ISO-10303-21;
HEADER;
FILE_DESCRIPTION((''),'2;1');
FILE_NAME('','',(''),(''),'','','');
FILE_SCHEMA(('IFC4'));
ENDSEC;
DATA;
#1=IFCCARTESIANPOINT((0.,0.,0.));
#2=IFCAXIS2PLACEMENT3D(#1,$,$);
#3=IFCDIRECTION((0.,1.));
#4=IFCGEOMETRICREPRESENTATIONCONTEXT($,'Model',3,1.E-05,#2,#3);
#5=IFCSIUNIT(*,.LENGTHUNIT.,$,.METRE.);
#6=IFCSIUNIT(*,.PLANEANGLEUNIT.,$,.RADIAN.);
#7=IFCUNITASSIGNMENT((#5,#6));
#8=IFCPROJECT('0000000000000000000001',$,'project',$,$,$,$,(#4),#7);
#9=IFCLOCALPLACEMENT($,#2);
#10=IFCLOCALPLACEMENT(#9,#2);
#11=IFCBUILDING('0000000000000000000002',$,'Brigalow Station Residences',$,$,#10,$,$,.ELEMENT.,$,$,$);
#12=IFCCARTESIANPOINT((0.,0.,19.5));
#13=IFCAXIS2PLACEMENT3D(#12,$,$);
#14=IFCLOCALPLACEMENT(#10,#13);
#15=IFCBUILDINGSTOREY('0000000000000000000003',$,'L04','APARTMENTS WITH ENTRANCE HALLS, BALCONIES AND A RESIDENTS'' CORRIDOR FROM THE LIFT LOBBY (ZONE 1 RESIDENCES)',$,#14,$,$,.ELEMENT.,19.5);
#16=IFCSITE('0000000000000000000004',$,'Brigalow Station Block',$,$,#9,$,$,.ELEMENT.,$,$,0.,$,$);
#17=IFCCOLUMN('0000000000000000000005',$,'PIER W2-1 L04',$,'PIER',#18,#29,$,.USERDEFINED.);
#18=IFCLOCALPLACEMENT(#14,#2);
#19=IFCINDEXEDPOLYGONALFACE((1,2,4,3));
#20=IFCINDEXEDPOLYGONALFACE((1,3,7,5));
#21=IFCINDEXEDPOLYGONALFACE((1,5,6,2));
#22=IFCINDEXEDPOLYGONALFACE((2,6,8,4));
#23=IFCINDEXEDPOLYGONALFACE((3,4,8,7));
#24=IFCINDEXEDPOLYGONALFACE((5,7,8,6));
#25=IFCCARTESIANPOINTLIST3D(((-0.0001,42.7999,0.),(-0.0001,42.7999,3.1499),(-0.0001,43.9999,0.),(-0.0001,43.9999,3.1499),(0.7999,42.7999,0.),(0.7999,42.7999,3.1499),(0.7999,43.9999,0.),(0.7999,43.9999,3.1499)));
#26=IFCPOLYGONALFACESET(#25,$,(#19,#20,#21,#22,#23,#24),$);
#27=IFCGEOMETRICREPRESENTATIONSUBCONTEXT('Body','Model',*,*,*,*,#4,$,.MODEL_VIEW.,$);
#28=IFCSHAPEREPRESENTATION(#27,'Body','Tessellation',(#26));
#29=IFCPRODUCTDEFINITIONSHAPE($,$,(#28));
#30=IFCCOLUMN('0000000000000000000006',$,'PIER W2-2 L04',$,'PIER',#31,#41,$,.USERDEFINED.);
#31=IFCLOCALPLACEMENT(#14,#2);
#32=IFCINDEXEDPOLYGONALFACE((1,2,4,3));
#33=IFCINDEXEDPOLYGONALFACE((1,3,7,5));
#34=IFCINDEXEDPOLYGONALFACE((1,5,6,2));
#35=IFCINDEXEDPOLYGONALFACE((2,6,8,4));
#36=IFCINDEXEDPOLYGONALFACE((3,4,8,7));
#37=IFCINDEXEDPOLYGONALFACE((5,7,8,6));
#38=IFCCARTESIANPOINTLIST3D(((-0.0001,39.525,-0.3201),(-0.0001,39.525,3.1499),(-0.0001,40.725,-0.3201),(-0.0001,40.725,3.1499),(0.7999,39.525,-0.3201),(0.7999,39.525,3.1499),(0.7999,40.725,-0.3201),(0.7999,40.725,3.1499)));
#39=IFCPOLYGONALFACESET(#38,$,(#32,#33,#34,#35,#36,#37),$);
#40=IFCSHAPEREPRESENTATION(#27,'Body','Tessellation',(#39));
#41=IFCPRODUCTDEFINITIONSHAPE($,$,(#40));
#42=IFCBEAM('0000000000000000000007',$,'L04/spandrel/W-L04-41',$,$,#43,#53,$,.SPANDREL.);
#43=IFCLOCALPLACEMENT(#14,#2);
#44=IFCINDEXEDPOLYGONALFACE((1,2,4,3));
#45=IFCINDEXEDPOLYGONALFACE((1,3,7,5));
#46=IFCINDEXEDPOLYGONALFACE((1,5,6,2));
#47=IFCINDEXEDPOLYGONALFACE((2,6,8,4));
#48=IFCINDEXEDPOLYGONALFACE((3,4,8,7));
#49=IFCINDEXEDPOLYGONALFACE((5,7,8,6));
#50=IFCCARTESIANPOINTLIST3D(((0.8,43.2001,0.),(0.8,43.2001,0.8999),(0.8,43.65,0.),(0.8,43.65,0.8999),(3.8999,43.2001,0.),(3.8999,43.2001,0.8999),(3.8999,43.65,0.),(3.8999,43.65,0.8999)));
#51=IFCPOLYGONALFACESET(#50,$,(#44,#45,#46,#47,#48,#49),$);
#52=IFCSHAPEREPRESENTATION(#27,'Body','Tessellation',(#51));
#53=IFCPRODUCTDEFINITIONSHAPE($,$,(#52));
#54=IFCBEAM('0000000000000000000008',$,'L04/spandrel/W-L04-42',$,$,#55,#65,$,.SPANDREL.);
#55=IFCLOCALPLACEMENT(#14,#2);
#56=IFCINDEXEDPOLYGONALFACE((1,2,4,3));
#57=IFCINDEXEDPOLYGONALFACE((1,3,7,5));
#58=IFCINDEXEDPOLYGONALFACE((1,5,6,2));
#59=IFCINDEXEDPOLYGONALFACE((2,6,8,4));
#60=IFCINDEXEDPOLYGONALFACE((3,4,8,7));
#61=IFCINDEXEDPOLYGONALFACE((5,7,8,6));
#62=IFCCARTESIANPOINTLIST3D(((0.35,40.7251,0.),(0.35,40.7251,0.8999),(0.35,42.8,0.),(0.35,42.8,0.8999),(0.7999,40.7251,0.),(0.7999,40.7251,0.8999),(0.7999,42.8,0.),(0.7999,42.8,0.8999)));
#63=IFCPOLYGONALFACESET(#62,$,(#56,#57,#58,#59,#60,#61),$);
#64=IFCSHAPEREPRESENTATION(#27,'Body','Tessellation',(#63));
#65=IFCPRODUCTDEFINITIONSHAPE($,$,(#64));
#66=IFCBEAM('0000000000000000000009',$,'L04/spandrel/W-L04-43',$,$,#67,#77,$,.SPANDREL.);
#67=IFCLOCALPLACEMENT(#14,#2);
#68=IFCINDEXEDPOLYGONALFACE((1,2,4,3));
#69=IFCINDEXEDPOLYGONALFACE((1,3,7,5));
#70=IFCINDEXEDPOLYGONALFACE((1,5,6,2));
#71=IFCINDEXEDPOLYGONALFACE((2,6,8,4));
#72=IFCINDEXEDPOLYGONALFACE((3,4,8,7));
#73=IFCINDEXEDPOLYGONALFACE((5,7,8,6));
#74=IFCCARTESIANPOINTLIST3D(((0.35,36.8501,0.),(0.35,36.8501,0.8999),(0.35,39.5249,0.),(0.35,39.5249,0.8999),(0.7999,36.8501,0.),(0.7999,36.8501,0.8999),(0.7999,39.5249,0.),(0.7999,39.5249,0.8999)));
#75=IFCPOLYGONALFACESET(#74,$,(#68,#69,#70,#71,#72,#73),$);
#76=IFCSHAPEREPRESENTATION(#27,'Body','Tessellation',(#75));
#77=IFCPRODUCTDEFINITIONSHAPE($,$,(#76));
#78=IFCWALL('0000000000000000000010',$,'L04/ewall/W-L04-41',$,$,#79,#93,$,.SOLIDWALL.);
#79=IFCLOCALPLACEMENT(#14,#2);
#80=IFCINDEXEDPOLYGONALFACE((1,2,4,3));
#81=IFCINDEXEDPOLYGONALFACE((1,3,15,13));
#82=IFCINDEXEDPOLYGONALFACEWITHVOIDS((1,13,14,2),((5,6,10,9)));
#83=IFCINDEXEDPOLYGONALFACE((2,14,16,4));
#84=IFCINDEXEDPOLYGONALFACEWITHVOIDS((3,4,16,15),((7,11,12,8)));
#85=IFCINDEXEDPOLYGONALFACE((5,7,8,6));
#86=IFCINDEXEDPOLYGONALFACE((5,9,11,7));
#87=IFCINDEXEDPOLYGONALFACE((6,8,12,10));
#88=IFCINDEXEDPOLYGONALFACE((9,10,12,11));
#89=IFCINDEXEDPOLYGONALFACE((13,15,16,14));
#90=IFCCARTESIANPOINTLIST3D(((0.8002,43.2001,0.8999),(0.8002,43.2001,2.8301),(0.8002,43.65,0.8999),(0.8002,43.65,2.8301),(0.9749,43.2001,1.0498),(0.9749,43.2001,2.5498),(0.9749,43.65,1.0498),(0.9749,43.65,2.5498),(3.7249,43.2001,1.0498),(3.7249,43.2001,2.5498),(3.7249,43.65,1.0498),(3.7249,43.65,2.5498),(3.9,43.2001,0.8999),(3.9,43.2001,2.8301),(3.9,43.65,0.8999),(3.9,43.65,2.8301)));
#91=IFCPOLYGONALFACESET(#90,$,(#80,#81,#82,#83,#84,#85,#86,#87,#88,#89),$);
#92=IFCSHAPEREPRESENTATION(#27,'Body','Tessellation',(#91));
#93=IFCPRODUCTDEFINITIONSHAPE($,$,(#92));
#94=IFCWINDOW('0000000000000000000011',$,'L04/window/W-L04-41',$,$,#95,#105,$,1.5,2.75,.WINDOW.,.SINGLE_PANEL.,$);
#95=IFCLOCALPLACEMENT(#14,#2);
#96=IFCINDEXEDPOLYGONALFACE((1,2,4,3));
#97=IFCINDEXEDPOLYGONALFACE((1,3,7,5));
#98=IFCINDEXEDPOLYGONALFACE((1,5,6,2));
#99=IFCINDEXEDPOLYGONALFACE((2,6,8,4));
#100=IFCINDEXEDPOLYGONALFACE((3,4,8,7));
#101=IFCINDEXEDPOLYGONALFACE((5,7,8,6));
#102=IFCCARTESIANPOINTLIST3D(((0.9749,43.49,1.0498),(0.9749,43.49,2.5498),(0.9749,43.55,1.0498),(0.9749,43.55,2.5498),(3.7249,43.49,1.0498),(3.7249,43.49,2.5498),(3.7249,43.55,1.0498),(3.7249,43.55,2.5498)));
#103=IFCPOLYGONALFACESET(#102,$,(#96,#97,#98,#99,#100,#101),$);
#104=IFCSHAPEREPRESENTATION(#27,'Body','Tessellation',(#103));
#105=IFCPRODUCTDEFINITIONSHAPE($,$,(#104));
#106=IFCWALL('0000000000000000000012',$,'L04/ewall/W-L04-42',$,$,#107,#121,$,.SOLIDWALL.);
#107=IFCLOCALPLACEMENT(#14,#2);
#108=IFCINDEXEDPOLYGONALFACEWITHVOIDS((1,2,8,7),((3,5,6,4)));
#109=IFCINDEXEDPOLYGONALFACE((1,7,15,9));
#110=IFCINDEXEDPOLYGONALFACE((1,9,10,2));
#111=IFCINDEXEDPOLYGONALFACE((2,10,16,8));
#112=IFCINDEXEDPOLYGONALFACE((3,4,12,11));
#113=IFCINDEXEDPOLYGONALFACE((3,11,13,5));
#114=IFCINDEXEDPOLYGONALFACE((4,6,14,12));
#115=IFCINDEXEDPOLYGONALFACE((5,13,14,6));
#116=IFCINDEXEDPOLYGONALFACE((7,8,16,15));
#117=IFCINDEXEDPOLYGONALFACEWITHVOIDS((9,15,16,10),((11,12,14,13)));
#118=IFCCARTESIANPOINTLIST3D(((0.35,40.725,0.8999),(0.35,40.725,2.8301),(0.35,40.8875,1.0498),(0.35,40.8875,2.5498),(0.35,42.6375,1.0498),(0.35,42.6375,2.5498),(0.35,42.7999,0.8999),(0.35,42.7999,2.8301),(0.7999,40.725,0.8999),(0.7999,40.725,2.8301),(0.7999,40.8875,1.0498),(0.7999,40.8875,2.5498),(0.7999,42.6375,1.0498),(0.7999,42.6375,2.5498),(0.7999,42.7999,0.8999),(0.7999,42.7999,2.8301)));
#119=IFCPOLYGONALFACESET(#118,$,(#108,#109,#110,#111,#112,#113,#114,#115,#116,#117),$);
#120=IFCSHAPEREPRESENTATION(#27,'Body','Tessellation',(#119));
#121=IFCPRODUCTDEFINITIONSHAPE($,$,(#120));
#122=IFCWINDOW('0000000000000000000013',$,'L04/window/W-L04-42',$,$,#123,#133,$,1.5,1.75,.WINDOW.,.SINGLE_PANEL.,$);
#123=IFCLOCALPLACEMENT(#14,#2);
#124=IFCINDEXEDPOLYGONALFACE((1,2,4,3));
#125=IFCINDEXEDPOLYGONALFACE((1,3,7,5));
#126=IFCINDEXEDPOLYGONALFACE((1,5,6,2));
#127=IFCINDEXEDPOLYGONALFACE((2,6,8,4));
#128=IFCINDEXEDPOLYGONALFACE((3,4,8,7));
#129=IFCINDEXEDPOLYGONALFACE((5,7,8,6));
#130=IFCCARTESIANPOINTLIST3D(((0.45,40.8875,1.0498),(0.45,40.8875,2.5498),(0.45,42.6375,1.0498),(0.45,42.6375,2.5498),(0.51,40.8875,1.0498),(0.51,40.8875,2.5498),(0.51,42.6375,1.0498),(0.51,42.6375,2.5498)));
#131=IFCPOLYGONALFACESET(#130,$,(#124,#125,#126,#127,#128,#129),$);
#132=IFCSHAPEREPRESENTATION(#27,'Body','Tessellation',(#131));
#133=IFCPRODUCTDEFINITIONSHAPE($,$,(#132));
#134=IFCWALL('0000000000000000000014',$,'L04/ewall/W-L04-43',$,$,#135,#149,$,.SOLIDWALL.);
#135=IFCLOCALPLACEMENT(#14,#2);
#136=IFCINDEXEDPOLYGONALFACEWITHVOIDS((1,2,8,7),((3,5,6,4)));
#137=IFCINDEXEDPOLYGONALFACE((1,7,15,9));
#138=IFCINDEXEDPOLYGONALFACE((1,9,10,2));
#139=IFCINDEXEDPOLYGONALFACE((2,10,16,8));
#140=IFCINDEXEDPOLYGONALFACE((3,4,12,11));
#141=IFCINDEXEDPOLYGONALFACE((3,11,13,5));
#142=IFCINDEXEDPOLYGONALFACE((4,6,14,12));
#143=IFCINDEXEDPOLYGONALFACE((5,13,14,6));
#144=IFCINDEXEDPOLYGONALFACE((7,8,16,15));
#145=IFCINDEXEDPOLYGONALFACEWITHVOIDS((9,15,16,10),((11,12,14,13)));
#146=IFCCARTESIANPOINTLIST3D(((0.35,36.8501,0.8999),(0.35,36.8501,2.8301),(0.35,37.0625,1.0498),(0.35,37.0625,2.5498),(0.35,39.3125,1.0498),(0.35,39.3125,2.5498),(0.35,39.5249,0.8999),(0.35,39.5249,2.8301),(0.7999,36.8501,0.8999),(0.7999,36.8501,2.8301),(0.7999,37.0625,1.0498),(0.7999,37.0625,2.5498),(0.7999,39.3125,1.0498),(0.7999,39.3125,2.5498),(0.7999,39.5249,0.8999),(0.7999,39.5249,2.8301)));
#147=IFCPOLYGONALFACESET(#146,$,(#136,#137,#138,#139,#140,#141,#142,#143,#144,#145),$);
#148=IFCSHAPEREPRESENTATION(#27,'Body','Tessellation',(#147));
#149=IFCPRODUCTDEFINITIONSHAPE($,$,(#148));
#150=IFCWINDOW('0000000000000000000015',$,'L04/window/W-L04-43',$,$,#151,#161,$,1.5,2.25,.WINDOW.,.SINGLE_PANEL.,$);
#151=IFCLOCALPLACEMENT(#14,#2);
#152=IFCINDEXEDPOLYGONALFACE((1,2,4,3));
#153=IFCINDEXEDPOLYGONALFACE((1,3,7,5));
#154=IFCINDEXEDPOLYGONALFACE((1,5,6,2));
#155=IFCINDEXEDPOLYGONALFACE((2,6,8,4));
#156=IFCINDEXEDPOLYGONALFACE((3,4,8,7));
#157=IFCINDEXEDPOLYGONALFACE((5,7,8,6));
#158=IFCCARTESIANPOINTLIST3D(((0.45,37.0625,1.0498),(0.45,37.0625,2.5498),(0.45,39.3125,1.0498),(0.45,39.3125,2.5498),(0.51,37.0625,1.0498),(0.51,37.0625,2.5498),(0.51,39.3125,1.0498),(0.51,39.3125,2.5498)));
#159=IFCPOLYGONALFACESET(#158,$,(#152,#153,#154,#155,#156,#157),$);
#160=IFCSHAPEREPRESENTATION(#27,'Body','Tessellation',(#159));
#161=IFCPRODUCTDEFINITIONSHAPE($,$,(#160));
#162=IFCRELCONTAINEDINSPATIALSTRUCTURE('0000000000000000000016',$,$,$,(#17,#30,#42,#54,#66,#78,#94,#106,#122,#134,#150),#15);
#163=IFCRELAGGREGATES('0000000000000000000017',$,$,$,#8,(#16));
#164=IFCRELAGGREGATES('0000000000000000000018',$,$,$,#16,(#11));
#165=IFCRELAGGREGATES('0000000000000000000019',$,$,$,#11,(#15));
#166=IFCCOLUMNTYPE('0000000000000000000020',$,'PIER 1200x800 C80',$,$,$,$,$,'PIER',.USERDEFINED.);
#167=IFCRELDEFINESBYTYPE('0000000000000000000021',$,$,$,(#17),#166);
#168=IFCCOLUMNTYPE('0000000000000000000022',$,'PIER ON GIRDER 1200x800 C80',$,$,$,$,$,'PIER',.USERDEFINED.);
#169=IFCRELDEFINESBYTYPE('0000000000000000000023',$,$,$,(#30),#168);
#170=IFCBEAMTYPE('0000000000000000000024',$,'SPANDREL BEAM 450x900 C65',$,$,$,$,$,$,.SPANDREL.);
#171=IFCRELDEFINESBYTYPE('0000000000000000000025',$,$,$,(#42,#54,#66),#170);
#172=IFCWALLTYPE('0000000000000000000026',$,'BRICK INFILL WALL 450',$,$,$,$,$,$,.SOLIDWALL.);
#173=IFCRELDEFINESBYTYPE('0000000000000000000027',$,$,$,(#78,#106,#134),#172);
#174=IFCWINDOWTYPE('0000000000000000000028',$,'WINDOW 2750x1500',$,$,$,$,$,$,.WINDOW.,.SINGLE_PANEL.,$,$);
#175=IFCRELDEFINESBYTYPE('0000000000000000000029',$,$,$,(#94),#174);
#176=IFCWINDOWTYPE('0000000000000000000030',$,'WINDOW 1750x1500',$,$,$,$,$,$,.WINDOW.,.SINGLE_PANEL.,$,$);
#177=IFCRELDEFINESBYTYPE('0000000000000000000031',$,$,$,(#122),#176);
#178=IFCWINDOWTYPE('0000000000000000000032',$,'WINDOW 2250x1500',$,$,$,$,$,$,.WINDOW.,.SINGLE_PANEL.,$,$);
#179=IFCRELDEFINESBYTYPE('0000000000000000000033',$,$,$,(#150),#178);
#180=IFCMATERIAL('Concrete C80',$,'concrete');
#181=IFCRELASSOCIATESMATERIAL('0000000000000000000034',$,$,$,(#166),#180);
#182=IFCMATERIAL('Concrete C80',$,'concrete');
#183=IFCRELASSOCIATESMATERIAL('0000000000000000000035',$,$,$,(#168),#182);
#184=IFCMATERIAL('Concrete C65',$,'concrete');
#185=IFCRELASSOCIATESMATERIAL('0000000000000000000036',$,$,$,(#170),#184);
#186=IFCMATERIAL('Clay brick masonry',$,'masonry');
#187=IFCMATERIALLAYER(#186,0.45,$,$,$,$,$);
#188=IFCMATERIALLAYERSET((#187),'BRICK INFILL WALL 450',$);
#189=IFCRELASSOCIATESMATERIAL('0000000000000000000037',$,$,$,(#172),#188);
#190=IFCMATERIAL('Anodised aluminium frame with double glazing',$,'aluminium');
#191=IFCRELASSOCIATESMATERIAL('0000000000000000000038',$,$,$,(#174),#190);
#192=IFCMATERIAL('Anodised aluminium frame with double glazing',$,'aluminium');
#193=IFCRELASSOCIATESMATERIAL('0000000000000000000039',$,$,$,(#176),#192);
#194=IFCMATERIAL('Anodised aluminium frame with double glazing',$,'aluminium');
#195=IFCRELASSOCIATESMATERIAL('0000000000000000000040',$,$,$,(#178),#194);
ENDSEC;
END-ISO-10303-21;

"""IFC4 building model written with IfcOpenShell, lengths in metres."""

from ifc_helpers import new_model, si_unit, direction, frame, frame_2d, origin, origin_2d, place, context, subcontext, project, spatial, rectangle, extrude, material, layer, layer_set, material_profile, profile_set, type_object, element, fill, save


model = new_model("IFC4")

# Units and contexts
model_context = context("Model", 3, precision=1e-05, world=origin(), true_north=direction((0.0, 1.0)))
body_context = subcontext(model_context, "Body", "Model", "MODEL_VIEW")
ifc_project = project(units=[si_unit("LENGTHUNIT", "METRE"), si_unit("PLANEANGLEUNIT", "RADIAN")], contexts=[model_context])

# Site, building, storey
site_placement = place(None, origin())
site = spatial("IfcSite", under=ifc_project, at=site_placement, Name="Brigalow Station Block", CompositionType="ELEMENT", RefElevation=0.0)
building_placement = place(site_placement, origin())
building = spatial("IfcBuilding", under=site, at=building_placement, Name="Brigalow Station Residences", CompositionType="ELEMENT")
storey_placement = place(building_placement, frame((0.0, 0.0, 19.5)))
storey = spatial("IfcBuildingStorey", under=building, at=storey_placement, Name="L04", Description="APARTMENTS WITH ENTRANCE HALLS, BALCONIES AND A RESIDENTS' CORRIDOR FROM THE LIFT LOBBY (ZONE 1 RESIDENCES)", CompositionType="ELEMENT", Elevation=19.5)

# Columns
ifc_material_1 = material(Name="Concrete C80", Category="concrete")
ifc_material_profile_1 = material_profile(ifc_material_1, rectangle(XDim=1.2, YDim=0.8, at=origin_2d()), Name="RC1200x800")
ifc_profile_set_1 = profile_set([ifc_material_profile_1], Name="Concrete C80")
column_type_1 = type_object("IfcColumnType", Name="PIER 1200x800 C80", ElementType="PIER", PredefinedType="USERDEFINED", material=ifc_profile_set_1)
column_1_placement = place(storey_placement, frame((0.3999, 43.3999, 0.0), z_axis=(0.0, 0.0, 1.0), x_axis=(0.0, -1.0, 0.0)))
element("IfcColumn", 1, at=column_1_placement, inside=storey, type_object=column_type_1, Name="PIER W2-1 L04", ObjectType="PIER", PredefinedType="USERDEFINED", context=body_context, shape_type="SweptSolid", body=[
    extrude(rectangle(XDim=1.2, YDim=0.8, at=origin_2d()), origin(), (0.0, 0.0, 1.0), 3.1499),
])
ifc_material_2 = material(Name="Concrete C80", Category="concrete")
ifc_material_profile_2 = material_profile(ifc_material_2, rectangle(XDim=1.2, YDim=0.8, at=origin_2d()), Name="RC1200x800")
ifc_profile_set_2 = profile_set([ifc_material_profile_2], Name="Concrete C80")
column_type_2 = type_object("IfcColumnType", Name="PIER ON GIRDER 1200x800 C80", ElementType="PIER", PredefinedType="USERDEFINED", material=ifc_profile_set_2)
column_2_placement = place(storey_placement, frame((0.3999, 40.125, -0.3201), z_axis=(0.0, 0.0, 1.0), x_axis=(0.0, -1.0, 0.0)))
element("IfcColumn", 2, at=column_2_placement, inside=storey, type_object=column_type_2, Name="PIER W2-2 L04", ObjectType="PIER", PredefinedType="USERDEFINED", context=body_context, shape_type="SweptSolid", body=[
    extrude(rectangle(XDim=1.2, YDim=0.8, at=origin_2d()), origin(), (0.0, 0.0, 1.0), 3.47),
])

# Beams
ifc_material_3 = material(Name="Concrete C65", Category="concrete")
ifc_material_profile_3 = material_profile(ifc_material_3, rectangle(XDim=0.45, YDim=0.8999, at=origin_2d()), Name="RC450x900")
ifc_profile_set_3 = profile_set([ifc_material_profile_3], Name="Concrete C65")
beam_type = type_object("IfcBeamType", Name="SPANDREL BEAM 450x900 C65", PredefinedType="SPANDREL", material=ifc_profile_set_3)
beam_1_placement = place(storey_placement, frame((3.8999, 43.425, 0.45), z_axis=(-1.0, 0.0, 0.0), x_axis=(0.0, -1.0, 0.0)))
element("IfcBeam", 3, at=beam_1_placement, inside=storey, type_object=beam_type, Name="L04/spandrel/W-L04-41", PredefinedType="SPANDREL", context=body_context, shape_type="SweptSolid", body=[
    extrude(rectangle(XDim=0.45, YDim=0.8999, at=origin_2d()), origin(), (0.0, 0.0, 1.0), 3.0999),
])
beam_2_placement = place(storey_placement, frame((0.575, 42.8, 0.45), z_axis=(0.0, -1.0, 0.0), x_axis=(1.0, 0.0, 0.0)))
element("IfcBeam", 4, at=beam_2_placement, inside=storey, type_object=beam_type, Name="L04/spandrel/W-L04-42", PredefinedType="SPANDREL", context=body_context, shape_type="SweptSolid", body=[
    extrude(rectangle(XDim=0.45, YDim=0.8999, at=origin_2d()), origin(), (0.0, 0.0, 1.0), 2.075),
])
beam_3_placement = place(storey_placement, frame((0.575, 39.5249, 0.45), z_axis=(0.0, -1.0, 0.0), x_axis=(1.0, 0.0, 0.0)))
element("IfcBeam", 5, at=beam_3_placement, inside=storey, type_object=beam_type, Name="L04/spandrel/W-L04-43", PredefinedType="SPANDREL", context=body_context, shape_type="SweptSolid", body=[
    extrude(rectangle(XDim=0.45, YDim=0.8999, at=origin_2d()), origin(), (0.0, 0.0, 1.0), 2.6748),
])

# Walls, openings, windows
ifc_material_4 = material(Name="Clay brick masonry", Category="masonry")
ifc_layer_1 = layer(ifc_material_4, 0.45)
ifc_layer_set_1 = layer_set([ifc_layer_1], Name="BRICK INFILL WALL 450")
wall_type_1 = type_object("IfcWallType", Name="BRICK INFILL WALL 450", PredefinedType="SOLIDWALL", material=ifc_layer_set_1)
wall_1_placement = place(storey_placement, frame((3.8999, 43.425, 0.8999), z_axis=(0.0, 0.0, 1.0), x_axis=(-1.0, 0.0, 0.0)))
wall_1 = element("IfcWall", 6, at=wall_1_placement, inside=storey, type_object=wall_type_1, Name="L04/ewall/W-L04-41", PredefinedType="SOLIDWALL", context=body_context, shape_type="SweptSolid", body=[
    extrude(rectangle(XDim=3.0999, YDim=0.45, at=frame_2d((1.5498, 0.0))), origin(), (0.0, 0.0, 1.0), 1.9302),
])
opening_1_placement = place(wall_1_placement, frame((0.175, 0.0, 0.1499)))
opening_1 = element("IfcOpeningElement", 7, at=opening_1_placement, cuts=wall_1, PredefinedType="OPENING", context=body_context, shape_type="SweptSolid", body=[
    extrude(rectangle(XDim=2.75, YDim=1.5, at=frame_2d((1.375, 0.75))), frame((0.0, 0.2349, 0.0), z_axis=(0.0, -1.0, 0.0), x_axis=(1.0, 0.0, 0.0)), (0.0, 0.0, 1.0), 0.47),
])
ifc_material_5 = material(Name="Anodised aluminium frame with double glazing", Category="aluminium")
window_type_1 = type_object("IfcWindowType", Name="WINDOW 2750x1500", PartitioningType="SINGLE_PANEL", PredefinedType="WINDOW", material=ifc_material_5)
window_1_placement = place(opening_1_placement, origin())
window_1 = element("IfcWindow", 8, at=window_1_placement, inside=storey, type_object=window_type_1, Name="L04/window/W-L04-41", OverallHeight=1.5, OverallWidth=2.75, PartitioningType="SINGLE_PANEL", PredefinedType="WINDOW", context=body_context, shape_type="SweptSolid", body=[
    extrude(rectangle(XDim=2.75, YDim=1.5, at=frame_2d((1.375, 0.75))), frame((0.0, -0.0649, 0.0), z_axis=(0.0, -1.0, 0.0), x_axis=(1.0, 0.0, 0.0)), (0.0, 0.0, 1.0), 0.0601),
])
fill(opening_1, window_1)
wall_2_placement = place(storey_placement, frame((0.575, 42.8, 0.8999), z_axis=(0.0, 0.0, 1.0), x_axis=(0.0, -1.0, 0.0)))
wall_2 = element("IfcWall", 9, at=wall_2_placement, inside=storey, type_object=wall_type_1, Name="L04/ewall/W-L04-42", PredefinedType="SOLIDWALL", context=body_context, shape_type="SweptSolid", body=[
    extrude(rectangle(XDim=2.075, YDim=0.45, at=frame_2d((1.0376, 0.0))), origin(), (0.0, 0.0, 1.0), 1.9302),
])
opening_2_placement = place(wall_2_placement, frame((0.1626, 0.0, 0.1499)))
opening_2 = element("IfcOpeningElement", 10, at=opening_2_placement, cuts=wall_2, PredefinedType="OPENING", context=body_context, shape_type="SweptSolid", body=[
    extrude(rectangle(XDim=1.75, YDim=1.5, at=frame_2d((0.875, 0.75))), frame((0.0, 0.2349, 0.0), z_axis=(0.0, -1.0, 0.0), x_axis=(1.0, 0.0, 0.0)), (0.0, 0.0, 1.0), 0.47),
])
ifc_material_6 = material(Name="Anodised aluminium frame with double glazing", Category="aluminium")
window_type_2 = type_object("IfcWindowType", Name="WINDOW 1750x1500", PartitioningType="SINGLE_PANEL", PredefinedType="WINDOW", material=ifc_material_6)
window_2_placement = place(opening_2_placement, origin())
window_2 = element("IfcWindow", 11, at=window_2_placement, inside=storey, type_object=window_type_2, Name="L04/window/W-L04-42", OverallHeight=1.5, OverallWidth=1.75, PartitioningType="SINGLE_PANEL", PredefinedType="WINDOW", context=body_context, shape_type="SweptSolid", body=[
    extrude(rectangle(XDim=1.75, YDim=1.5, at=frame_2d((0.875, 0.75))), frame((0.0, -0.0649, 0.0), z_axis=(0.0, -1.0, 0.0), x_axis=(1.0, 0.0, 0.0)), (0.0, 0.0, 1.0), 0.0601),
])
fill(opening_2, window_2)
wall_3_placement = place(storey_placement, frame((0.575, 39.5249, 0.8999), z_axis=(0.0, 0.0, 1.0), x_axis=(0.0, -1.0, 0.0)))
wall_3 = element("IfcWall", 12, at=wall_3_placement, inside=storey, type_object=wall_type_1, Name="L04/ewall/W-L04-43", PredefinedType="SOLIDWALL", context=body_context, shape_type="SweptSolid", body=[
    extrude(rectangle(XDim=2.6748, YDim=0.45, at=frame_2d((1.3374, 0.0))), origin(), (0.0, 0.0, 1.0), 1.9302),
])
opening_3_placement = place(wall_3_placement, frame((0.2124, 0.0, 0.1499)))
opening_3 = element("IfcOpeningElement", 13, at=opening_3_placement, cuts=wall_3, PredefinedType="OPENING", context=body_context, shape_type="SweptSolid", body=[
    extrude(rectangle(XDim=2.25, YDim=1.5, at=frame_2d((1.125, 0.75))), frame((0.0, 0.2349, 0.0), z_axis=(0.0, -1.0, 0.0), x_axis=(1.0, 0.0, 0.0)), (0.0, 0.0, 1.0), 0.47),
])
ifc_material_7 = material(Name="Anodised aluminium frame with double glazing", Category="aluminium")
window_type_3 = type_object("IfcWindowType", Name="WINDOW 2250x1500", PartitioningType="SINGLE_PANEL", PredefinedType="WINDOW", material=ifc_material_7)
window_3_placement = place(opening_3_placement, origin())
window_3 = element("IfcWindow", 14, at=window_3_placement, inside=storey, type_object=window_type_3, Name="L04/window/W-L04-43", OverallHeight=1.5, OverallWidth=2.25, PartitioningType="SINGLE_PANEL", PredefinedType="WINDOW", context=body_context, shape_type="SweptSolid", body=[
    extrude(rectangle(XDim=2.25, YDim=1.5, at=frame_2d((1.125, 0.75))), frame((0.0, -0.0649, 0.0), z_axis=(0.0, -1.0, 0.0), x_axis=(1.0, 0.0, 0.0)), (0.0, 0.0, 1.0), 0.0601),
])
fill(opening_3, window_3)

save(model, "model.ifc")
